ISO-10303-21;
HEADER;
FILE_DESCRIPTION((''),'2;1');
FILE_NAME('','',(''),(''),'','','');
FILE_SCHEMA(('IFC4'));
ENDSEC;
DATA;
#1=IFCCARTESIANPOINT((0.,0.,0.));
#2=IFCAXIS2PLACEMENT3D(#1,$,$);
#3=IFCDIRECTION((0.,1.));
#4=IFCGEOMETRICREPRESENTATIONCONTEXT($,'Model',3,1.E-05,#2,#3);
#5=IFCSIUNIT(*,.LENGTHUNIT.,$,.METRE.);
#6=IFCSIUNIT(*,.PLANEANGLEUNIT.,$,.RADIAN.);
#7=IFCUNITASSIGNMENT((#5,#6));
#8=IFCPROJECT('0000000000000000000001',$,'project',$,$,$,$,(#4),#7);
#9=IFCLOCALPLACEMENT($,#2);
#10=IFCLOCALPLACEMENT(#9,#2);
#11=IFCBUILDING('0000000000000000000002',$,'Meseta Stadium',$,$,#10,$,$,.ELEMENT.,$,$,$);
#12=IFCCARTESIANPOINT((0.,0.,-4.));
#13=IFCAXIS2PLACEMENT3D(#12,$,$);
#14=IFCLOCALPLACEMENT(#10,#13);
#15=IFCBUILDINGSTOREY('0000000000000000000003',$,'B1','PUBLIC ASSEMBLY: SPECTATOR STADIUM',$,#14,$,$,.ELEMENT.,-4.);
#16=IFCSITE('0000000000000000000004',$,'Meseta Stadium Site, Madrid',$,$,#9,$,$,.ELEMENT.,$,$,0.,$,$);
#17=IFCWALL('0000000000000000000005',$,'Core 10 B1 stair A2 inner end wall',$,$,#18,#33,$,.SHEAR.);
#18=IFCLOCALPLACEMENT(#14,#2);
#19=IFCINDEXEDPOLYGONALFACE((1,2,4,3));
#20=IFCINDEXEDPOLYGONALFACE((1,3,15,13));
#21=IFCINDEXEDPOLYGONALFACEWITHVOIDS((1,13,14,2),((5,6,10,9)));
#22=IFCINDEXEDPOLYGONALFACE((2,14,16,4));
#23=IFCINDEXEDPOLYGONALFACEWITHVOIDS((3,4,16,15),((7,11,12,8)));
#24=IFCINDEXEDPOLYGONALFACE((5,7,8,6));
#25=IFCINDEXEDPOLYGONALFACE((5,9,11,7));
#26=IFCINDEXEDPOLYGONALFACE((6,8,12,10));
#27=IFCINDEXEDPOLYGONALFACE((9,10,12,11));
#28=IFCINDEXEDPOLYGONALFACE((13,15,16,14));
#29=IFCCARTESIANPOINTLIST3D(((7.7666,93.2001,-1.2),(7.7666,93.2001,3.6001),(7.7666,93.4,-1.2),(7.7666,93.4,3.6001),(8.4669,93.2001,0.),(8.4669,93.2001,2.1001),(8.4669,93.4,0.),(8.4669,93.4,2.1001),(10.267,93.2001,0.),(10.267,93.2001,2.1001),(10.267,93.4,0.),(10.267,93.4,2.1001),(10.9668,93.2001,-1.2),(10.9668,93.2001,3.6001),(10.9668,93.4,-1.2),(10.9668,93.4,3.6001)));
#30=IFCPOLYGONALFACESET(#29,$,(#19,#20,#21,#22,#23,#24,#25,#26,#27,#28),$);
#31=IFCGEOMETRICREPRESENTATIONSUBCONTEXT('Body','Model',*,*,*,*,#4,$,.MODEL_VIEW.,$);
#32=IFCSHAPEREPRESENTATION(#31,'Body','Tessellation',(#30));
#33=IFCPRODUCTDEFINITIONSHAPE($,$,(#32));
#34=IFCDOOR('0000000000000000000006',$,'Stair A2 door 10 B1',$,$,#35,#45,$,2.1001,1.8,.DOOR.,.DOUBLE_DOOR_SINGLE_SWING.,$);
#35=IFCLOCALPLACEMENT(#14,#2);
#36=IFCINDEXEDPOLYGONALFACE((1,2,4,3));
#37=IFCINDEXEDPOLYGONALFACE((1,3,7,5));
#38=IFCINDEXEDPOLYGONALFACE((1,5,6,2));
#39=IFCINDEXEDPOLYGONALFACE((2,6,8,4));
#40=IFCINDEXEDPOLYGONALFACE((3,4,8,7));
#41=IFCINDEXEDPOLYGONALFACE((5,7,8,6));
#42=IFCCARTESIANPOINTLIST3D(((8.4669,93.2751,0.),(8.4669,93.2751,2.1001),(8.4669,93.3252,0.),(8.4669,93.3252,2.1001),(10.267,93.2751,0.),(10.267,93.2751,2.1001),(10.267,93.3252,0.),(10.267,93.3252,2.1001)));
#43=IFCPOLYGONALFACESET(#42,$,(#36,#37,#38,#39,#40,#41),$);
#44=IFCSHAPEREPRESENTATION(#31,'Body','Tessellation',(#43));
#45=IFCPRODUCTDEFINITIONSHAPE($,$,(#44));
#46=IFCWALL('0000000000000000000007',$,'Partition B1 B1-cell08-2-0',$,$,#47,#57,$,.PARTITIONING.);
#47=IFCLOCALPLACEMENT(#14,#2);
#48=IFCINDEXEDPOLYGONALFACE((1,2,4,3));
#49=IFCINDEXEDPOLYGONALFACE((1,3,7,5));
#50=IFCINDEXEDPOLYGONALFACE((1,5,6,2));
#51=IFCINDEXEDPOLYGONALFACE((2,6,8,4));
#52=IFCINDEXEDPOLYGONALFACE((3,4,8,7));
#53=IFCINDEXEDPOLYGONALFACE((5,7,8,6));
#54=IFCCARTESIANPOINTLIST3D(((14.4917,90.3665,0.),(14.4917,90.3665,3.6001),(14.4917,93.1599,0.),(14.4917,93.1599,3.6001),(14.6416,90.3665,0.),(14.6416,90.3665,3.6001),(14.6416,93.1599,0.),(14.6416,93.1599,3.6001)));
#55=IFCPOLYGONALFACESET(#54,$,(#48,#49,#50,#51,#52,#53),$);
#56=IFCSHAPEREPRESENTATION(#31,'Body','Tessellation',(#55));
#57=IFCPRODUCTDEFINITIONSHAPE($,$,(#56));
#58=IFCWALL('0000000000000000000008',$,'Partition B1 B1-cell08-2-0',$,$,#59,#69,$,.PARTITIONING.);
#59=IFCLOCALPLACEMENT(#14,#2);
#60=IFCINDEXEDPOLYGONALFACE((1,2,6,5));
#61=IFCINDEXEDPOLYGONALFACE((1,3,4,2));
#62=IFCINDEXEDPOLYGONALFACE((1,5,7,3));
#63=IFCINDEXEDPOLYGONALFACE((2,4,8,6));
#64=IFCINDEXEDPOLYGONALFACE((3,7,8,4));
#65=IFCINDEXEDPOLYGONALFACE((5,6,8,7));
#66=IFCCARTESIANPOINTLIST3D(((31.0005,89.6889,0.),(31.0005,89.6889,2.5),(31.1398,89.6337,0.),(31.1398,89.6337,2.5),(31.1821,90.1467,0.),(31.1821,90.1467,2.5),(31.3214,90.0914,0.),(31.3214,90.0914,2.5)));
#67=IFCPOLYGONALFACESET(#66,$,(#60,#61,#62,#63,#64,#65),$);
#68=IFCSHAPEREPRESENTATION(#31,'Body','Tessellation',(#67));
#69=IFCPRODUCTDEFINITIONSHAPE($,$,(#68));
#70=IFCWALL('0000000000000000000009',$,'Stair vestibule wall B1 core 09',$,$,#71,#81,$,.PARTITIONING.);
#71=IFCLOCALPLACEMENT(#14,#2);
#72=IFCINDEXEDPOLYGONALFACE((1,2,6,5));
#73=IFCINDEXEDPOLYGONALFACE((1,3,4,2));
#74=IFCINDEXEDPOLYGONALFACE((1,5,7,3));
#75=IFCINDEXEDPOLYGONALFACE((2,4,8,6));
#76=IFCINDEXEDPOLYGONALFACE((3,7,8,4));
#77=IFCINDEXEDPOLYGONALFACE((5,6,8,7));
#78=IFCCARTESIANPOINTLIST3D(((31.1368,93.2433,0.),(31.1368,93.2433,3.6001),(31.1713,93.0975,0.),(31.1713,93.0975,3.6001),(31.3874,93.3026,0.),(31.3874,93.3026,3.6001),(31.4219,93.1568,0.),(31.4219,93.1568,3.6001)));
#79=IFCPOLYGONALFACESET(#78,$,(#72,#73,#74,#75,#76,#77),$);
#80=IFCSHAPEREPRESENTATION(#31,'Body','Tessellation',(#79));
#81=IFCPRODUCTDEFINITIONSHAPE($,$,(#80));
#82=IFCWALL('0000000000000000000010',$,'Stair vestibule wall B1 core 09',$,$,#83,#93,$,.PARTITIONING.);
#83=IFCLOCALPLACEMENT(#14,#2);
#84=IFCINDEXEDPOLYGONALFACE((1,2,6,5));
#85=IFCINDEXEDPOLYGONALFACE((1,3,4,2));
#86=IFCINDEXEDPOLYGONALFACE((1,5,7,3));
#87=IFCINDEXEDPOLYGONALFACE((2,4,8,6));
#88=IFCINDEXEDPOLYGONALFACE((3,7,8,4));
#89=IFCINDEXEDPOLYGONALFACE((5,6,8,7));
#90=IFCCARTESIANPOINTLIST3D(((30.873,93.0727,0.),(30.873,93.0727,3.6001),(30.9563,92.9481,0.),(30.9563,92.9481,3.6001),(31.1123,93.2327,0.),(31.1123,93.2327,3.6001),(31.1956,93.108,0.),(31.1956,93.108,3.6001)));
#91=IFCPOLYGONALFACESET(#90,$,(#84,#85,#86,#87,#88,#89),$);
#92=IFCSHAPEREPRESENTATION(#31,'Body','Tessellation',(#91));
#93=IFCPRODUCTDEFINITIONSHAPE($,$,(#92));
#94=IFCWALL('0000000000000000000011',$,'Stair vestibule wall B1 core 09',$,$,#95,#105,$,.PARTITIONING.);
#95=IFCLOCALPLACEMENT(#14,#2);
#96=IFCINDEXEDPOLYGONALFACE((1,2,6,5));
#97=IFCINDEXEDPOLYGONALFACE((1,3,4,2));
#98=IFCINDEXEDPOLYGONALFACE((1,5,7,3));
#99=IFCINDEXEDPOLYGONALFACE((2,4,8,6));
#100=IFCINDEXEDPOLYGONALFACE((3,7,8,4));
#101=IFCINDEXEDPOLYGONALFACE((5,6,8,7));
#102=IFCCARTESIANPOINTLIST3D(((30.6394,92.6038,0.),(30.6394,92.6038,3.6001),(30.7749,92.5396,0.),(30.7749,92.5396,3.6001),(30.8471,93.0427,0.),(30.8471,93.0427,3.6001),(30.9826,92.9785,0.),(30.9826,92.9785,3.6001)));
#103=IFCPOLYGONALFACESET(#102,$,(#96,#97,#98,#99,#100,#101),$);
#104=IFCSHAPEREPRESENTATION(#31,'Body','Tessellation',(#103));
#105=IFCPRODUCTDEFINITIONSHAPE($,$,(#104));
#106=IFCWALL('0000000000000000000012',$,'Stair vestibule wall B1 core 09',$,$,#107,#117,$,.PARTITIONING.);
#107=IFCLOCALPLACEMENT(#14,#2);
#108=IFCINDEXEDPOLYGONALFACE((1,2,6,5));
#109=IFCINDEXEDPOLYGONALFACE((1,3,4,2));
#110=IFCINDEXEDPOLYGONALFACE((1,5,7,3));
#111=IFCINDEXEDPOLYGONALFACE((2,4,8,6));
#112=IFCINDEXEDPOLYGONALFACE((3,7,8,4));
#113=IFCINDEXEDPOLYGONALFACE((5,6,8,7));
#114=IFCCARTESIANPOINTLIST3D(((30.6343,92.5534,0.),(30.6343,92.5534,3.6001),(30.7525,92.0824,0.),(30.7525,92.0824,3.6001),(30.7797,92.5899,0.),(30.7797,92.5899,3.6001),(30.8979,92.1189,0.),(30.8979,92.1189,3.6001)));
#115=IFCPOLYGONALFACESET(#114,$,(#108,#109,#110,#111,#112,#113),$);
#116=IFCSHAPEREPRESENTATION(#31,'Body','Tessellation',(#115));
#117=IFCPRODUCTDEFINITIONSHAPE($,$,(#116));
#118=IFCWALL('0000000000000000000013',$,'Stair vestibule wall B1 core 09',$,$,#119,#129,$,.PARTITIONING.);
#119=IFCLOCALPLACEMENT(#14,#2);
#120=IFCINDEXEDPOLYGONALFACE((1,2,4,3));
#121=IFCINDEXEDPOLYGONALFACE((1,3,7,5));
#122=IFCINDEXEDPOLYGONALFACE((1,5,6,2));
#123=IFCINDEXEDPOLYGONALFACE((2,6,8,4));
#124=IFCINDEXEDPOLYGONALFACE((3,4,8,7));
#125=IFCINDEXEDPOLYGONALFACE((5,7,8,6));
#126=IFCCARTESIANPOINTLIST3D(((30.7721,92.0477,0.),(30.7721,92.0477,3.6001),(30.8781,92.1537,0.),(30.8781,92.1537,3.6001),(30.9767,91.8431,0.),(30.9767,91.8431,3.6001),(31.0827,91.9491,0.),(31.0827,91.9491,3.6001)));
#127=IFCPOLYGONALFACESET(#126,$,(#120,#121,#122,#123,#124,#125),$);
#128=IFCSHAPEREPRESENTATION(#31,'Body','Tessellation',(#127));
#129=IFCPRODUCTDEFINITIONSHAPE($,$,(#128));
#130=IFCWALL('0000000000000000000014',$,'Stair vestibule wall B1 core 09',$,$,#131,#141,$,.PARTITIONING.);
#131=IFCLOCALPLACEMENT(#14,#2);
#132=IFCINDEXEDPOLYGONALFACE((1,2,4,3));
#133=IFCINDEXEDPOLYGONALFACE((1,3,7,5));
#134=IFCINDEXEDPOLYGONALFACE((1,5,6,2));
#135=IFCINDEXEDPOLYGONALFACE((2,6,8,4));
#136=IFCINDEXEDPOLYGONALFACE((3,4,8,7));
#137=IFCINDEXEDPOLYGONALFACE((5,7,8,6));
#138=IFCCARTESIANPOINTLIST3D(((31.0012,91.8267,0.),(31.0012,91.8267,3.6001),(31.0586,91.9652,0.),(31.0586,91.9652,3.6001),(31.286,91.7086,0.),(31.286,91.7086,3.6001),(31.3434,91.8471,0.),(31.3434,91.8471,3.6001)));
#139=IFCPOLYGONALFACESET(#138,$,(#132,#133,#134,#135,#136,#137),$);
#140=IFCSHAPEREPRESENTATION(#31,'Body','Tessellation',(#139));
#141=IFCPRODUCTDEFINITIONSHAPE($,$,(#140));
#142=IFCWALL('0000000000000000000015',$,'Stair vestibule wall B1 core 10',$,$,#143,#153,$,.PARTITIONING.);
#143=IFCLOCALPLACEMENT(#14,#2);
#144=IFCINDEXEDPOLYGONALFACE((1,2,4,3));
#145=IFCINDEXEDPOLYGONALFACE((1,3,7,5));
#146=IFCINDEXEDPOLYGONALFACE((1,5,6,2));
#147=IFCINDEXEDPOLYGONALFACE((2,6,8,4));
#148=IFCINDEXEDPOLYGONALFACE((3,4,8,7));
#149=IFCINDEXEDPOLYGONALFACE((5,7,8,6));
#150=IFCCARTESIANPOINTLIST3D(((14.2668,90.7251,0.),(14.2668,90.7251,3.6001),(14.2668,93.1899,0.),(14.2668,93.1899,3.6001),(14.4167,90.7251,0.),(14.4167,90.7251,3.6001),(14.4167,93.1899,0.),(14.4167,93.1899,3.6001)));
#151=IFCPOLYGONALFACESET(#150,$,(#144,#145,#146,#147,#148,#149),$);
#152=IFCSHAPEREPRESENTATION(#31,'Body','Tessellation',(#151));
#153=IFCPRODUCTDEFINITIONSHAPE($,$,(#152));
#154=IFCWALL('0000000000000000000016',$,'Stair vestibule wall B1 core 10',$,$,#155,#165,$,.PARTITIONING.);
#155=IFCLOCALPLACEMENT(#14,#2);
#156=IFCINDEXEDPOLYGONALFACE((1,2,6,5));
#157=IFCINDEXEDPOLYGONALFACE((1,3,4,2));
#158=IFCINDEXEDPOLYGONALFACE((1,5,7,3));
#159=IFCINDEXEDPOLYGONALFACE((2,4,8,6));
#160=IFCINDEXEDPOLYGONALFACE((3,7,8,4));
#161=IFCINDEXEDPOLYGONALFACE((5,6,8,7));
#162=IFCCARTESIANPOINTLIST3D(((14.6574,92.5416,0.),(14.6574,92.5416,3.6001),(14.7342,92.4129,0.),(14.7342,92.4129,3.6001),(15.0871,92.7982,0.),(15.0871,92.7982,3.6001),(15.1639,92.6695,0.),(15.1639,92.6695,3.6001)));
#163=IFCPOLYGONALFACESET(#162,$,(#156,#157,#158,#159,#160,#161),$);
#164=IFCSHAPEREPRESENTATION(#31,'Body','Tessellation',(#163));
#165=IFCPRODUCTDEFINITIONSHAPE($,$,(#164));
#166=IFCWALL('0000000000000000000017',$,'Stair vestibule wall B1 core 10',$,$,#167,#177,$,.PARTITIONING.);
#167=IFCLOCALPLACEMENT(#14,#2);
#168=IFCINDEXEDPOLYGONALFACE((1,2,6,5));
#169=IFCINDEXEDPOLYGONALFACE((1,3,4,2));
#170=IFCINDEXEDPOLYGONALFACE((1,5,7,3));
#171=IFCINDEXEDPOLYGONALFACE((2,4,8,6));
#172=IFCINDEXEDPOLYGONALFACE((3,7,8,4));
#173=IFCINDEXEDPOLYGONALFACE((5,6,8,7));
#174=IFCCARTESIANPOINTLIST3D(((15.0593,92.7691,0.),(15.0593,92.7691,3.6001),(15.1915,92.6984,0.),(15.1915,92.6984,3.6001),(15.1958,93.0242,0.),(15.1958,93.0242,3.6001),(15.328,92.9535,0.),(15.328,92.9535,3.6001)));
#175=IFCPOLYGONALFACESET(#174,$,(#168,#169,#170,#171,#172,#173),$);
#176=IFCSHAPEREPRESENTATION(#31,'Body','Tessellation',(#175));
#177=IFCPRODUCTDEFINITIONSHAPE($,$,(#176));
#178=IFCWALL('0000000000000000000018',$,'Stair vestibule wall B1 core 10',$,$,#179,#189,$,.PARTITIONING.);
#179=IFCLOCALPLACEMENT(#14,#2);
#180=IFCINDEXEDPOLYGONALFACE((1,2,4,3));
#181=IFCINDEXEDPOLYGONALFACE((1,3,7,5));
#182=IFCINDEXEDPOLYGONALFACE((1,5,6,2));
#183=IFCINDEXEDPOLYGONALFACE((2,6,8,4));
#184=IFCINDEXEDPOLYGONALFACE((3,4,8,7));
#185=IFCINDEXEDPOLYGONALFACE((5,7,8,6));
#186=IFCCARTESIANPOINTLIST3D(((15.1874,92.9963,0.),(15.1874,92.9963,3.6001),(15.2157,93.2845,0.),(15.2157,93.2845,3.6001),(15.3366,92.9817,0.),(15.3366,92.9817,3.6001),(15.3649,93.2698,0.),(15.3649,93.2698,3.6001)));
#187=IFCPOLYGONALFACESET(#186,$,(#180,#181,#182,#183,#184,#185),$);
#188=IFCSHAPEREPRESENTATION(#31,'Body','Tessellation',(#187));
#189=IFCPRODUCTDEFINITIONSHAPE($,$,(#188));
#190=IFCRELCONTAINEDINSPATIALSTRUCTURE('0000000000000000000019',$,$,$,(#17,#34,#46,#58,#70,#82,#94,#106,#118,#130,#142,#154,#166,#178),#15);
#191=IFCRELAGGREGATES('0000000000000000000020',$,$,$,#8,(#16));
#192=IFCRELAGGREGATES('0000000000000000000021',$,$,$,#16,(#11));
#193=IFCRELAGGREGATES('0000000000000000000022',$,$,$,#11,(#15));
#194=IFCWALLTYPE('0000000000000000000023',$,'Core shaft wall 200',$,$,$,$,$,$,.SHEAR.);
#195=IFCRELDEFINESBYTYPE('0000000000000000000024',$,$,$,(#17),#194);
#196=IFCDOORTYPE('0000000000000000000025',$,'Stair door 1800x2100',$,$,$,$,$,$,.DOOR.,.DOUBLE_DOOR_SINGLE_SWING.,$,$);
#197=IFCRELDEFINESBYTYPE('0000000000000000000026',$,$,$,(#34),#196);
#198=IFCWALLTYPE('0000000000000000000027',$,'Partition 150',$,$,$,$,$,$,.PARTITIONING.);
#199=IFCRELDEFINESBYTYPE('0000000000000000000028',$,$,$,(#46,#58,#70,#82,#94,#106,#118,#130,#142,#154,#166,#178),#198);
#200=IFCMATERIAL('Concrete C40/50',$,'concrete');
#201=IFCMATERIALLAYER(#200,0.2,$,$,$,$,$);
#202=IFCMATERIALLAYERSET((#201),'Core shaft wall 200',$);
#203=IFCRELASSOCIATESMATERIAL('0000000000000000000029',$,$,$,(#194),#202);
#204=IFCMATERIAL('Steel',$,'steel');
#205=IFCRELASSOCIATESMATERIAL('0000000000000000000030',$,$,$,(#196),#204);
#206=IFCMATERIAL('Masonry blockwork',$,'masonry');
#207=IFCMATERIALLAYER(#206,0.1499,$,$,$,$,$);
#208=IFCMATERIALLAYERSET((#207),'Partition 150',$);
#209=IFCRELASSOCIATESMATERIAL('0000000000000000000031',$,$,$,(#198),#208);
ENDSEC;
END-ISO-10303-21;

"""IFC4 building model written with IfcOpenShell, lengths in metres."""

from ifc_helpers import new_model, si_unit, direction, frame, frame_2d, origin, place, context, subcontext, project, spatial, rectangle, extrude, material, layer, layer_set, type_object, element, fill, save


model = new_model("IFC4")

# Units and contexts
model_context = context("Model", 3, precision=1e-05, world=origin(), true_north=direction((0.0, 1.0)))
body_context = subcontext(model_context, "Body", "Model", "MODEL_VIEW")
ifc_project = project(units=[si_unit("LENGTHUNIT", "METRE"), si_unit("PLANEANGLEUNIT", "RADIAN")], contexts=[model_context])

# Site, building, storey
site_placement = place(None, origin())
site = spatial("IfcSite", under=ifc_project, at=site_placement, Name="Meseta Stadium Site, Madrid", CompositionType="ELEMENT", RefElevation=0.0)
building_placement = place(site_placement, origin())
building = spatial("IfcBuilding", under=site, at=building_placement, Name="Meseta Stadium", CompositionType="ELEMENT")
storey_placement = place(building_placement, frame((0.0, 0.0, -4.0)))
storey = spatial("IfcBuildingStorey", under=building, at=storey_placement, Name="B1", Description="PUBLIC ASSEMBLY: SPECTATOR STADIUM", CompositionType="ELEMENT", Elevation=-4.0)

# Wall, opening, door
ifc_material_1 = material(Name="Concrete C40/50", Category="concrete")
ifc_layer_1 = layer(ifc_material_1, 0.2)
ifc_layer_set_1 = layer_set([ifc_layer_1], Name="Core shaft wall 200")
wall_type_1 = type_object("IfcWallType", Name="Core shaft wall 200", PredefinedType="SHEAR", material=ifc_layer_set_1)
ifc_material_2 = material(Name="Steel", Category="steel")
door_type = type_object("IfcDoorType", Name="Stair door 1800x2100", OperationType="DOUBLE_DOOR_SINGLE_SWING", PredefinedType="DOOR", material=ifc_material_2)
wall_1_placement = place(storey_placement, frame((10.9668, 93.3, -1.2), z_axis=(0.0, 0.0, 1.0), x_axis=(-1.0, 0.0, 0.0)))
wall_1 = element("IfcWall", 1, at=wall_1_placement, inside=storey, type_object=wall_type_1, Name="Core 10 B1 stair A2 inner end wall", PredefinedType="SHEAR", context=body_context, shape_type="SweptSolid", body=[
    extrude(rectangle(XDim=3.2002, YDim=0.2, at=frame_2d((1.6001, 0.0))), origin(), (0.0, 0.0, 1.0), 4.8),
])
opening_1_placement = place(wall_1_placement, frame((0.7, 0.0, 1.2)))
opening_1 = element("IfcOpeningElement", 2, at=opening_1_placement, cuts=wall_1, PredefinedType="OPENING", context=body_context, shape_type="SweptSolid", body=[
    extrude(rectangle(XDim=1.8, YDim=2.1001, at=frame_2d((0.8999, 1.05))), frame((0.0, 0.1099, 0.0), z_axis=(0.0, -1.0, 0.0), x_axis=(1.0, 0.0, 0.0)), (0.0, 0.0, 1.0), 0.22),
])
door_1_placement = place(opening_1_placement, origin())
door_1 = element("IfcDoor", 3, at=door_1_placement, inside=storey, type_object=door_type, Name="Stair A2 door 10 B1", OperationType="DOUBLE_DOOR_SINGLE_SWING", OverallHeight=2.1001, OverallWidth=1.8, PredefinedType="DOOR", context=body_context, shape_type="SweptSolid", body=[
    extrude(rectangle(XDim=1.8, YDim=2.1001, at=frame_2d((0.8999, 1.05))), frame((0.0, 0.0249, 0.0), z_axis=(0.0, -1.0, 0.0), x_axis=(1.0, 0.0, 0.0)), (0.0, 0.0, 1.0), 0.05),
])
fill(opening_1, door_1)

# Walls
ifc_material_3 = material(Name="Masonry blockwork", Category="masonry")
ifc_layer_2 = layer(ifc_material_3, 0.1499)
ifc_layer_set_2 = layer_set([ifc_layer_2], Name="Partition 150")
wall_type_2 = type_object("IfcWallType", Name="Partition 150", PredefinedType="PARTITIONING", material=ifc_layer_set_2)
wall_2_placement = place(storey_placement, frame((14.5667, 90.3665, 0.0), z_axis=(0.0, 0.0, 1.0), x_axis=(0.0, 1.0, 0.0)))
element("IfcWall", 4, at=wall_2_placement, inside=storey, type_object=wall_type_2, Name="Partition B1 B1-cell08-2-0", PredefinedType="PARTITIONING", context=body_context, shape_type="SweptSolid", body=[
    extrude(rectangle(XDim=2.7935, YDim=0.1499, at=frame_2d((1.3967, 0.0))), origin(), (0.0, 0.0, 1.0), 3.6001),
])
wall_3_placement = place(storey_placement, frame((31.2517, 90.1189, 0.0), z_axis=(0.0, 0.0, 1.0), x_axis=(-0.368825, -0.929499, 0.0)))
element("IfcWall", 5, at=wall_3_placement, inside=storey, type_object=wall_type_2, Name="Partition B1 B1-cell08-2-0", PredefinedType="PARTITIONING", context=body_context, shape_type="SweptSolid", body=[
    extrude(rectangle(XDim=0.4924, YDim=0.1499, at=frame_2d((0.2461, 0.0))), origin(), (0.0, 0.0, 1.0), 2.5),
])
wall_4_placement = place(storey_placement, frame((31.4048, 93.2297, 0.0), z_axis=(0.0, 0.0, 1.0), x_axis=(-0.973131, -0.230254, 0.0)))
element("IfcWall", 6, at=wall_4_placement, inside=storey, type_object=wall_type_2, Name="Stair vestibule wall B1 core 09", PredefinedType="PARTITIONING", context=body_context, shape_type="SweptSolid", body=[
    extrude(rectangle(XDim=0.2576, YDim=0.1499, at=frame_2d((0.1289, 0.0))), origin(), (0.0, 0.0, 1.0), 3.6001),
])
wall_5_placement = place(storey_placement, frame((31.1541, 93.1704, 0.0), z_axis=(0.0, 0.0, 1.0), x_axis=(-0.831397, -0.555679, 0.0)))
element("IfcWall", 7, at=wall_5_placement, inside=storey, type_object=wall_type_2, Name="Stair vestibule wall B1 core 09", PredefinedType="PARTITIONING", context=body_context, shape_type="SweptSolid", body=[
    extrude(rectangle(XDim=0.2878, YDim=0.1499, at=frame_2d((0.144, 0.0))), origin(), (0.0, 0.0, 1.0), 3.6001),
])
for number, where, z_axis, x_axis, name in (
    (8, (30.9148, 93.0105, 0.0), (0.0, 0.0, 1.0), (-0.427805, -0.903871, 0.0), "Stair vestibule wall B1 core 09"),
    (9, (30.707, 92.5715, 0.0), (0.0, 0.0, 1.0), (0.243364, -0.969935, 0.0), "Stair vestibule wall B1 core 09"),
):
    element("IfcWall", number, at=place(storey_placement, frame(where, z_axis=z_axis, x_axis=x_axis)), inside=storey, type_object=wall_type_2, Name=name, PredefinedType="PARTITIONING", context=body_context, shape_type="SweptSolid", body=[
        extrude(rectangle(XDim=0.4856, YDim=0.1499, at=frame_2d((0.2427, 0.0))), origin(), (0.0, 0.0, 1.0), 3.6001),
    ])
wall_6_placement = place(storey_placement, frame((30.8252, 92.1006, 0.0), z_axis=(0.0, 0.0, 1.0), x_axis=(0.707107, -0.707107, 0.0)))
element("IfcWall", 10, at=wall_6_placement, inside=storey, type_object=wall_type_2, Name="Stair vestibule wall B1 core 09", PredefinedType="PARTITIONING", context=body_context, shape_type="SweptSolid", body=[
    extrude(rectangle(XDim=0.2893, YDim=0.1499, at=frame_2d((0.1445, 0.0))), origin(), (0.0, 0.0, 1.0), 3.6001),
])
wall_7_placement = place(storey_placement, frame((31.0298, 91.896, 0.0), z_axis=(0.0, 0.0, 1.0), x_axis=(0.923708, -0.383097, 0.0)))
element("IfcWall", 11, at=wall_7_placement, inside=storey, type_object=wall_type_2, Name="Stair vestibule wall B1 core 09", PredefinedType="PARTITIONING", context=body_context, shape_type="SweptSolid", body=[
    extrude(rectangle(XDim=0.3083, YDim=0.1499, at=frame_2d((0.1543, 0.0))), origin(), (0.0, 0.0, 1.0), 3.6001),
])
wall_8_placement = place(storey_placement, frame((14.3418, 90.7251, 0.0), z_axis=(0.0, 0.0, 1.0), x_axis=(0.0, 1.0, 0.0)))
element("IfcWall", 12, at=wall_8_placement, inside=storey, type_object=wall_type_2, Name="Stair vestibule wall B1 core 10", PredefinedType="PARTITIONING", context=body_context, shape_type="SweptSolid", body=[
    extrude(rectangle(XDim=2.4648, YDim=0.1499, at=frame_2d((1.2324, 0.0))), origin(), (0.0, 0.0, 1.0), 3.6001),
])
wall_9_placement = place(storey_placement, frame((14.6958, 92.4773, 0.0), z_axis=(0.0, 0.0, 1.0), x_axis=(0.858567, 0.512701, 0.0)))
element("IfcWall", 13, at=wall_9_placement, inside=storey, type_object=wall_type_2, Name="Stair vestibule wall B1 core 10", PredefinedType="PARTITIONING", context=body_context, shape_type="SweptSolid", body=[
    extrude(rectangle(XDim=0.5005, YDim=0.1499, at=frame_2d((0.2502, 0.0))), origin(), (0.0, 0.0, 1.0), 3.6001),
])
wall_10_placement = place(storey_placement, frame((15.1255, 92.7339, 0.0), z_axis=(0.0, 0.0, 1.0), x_axis=(0.471683, 0.881768, 0.0)))
element("IfcWall", 14, at=wall_10_placement, inside=storey, type_object=wall_type_2, Name="Stair vestibule wall B1 core 10", PredefinedType="PARTITIONING", context=body_context, shape_type="SweptSolid", body=[
    extrude(rectangle(XDim=0.2893, YDim=0.1499, at=frame_2d((0.1445, 0.0))), origin(), (0.0, 0.0, 1.0), 3.6001),
])
wall_11_placement = place(storey_placement, frame((15.262, 92.989, 0.0), z_axis=(0.0, 0.0, 1.0), x_axis=(0.097833, 0.995203, 0.0)))
element("IfcWall", 15, at=wall_11_placement, inside=storey, type_object=wall_type_2, Name="Stair vestibule wall B1 core 10", PredefinedType="PARTITIONING", context=body_context, shape_type="SweptSolid", body=[
    extrude(rectangle(XDim=0.2896, YDim=0.1499, at=frame_2d((0.1448, 0.0))), origin(), (0.0, 0.0, 1.0), 3.6001),
])

save(model, "model.ifc")
